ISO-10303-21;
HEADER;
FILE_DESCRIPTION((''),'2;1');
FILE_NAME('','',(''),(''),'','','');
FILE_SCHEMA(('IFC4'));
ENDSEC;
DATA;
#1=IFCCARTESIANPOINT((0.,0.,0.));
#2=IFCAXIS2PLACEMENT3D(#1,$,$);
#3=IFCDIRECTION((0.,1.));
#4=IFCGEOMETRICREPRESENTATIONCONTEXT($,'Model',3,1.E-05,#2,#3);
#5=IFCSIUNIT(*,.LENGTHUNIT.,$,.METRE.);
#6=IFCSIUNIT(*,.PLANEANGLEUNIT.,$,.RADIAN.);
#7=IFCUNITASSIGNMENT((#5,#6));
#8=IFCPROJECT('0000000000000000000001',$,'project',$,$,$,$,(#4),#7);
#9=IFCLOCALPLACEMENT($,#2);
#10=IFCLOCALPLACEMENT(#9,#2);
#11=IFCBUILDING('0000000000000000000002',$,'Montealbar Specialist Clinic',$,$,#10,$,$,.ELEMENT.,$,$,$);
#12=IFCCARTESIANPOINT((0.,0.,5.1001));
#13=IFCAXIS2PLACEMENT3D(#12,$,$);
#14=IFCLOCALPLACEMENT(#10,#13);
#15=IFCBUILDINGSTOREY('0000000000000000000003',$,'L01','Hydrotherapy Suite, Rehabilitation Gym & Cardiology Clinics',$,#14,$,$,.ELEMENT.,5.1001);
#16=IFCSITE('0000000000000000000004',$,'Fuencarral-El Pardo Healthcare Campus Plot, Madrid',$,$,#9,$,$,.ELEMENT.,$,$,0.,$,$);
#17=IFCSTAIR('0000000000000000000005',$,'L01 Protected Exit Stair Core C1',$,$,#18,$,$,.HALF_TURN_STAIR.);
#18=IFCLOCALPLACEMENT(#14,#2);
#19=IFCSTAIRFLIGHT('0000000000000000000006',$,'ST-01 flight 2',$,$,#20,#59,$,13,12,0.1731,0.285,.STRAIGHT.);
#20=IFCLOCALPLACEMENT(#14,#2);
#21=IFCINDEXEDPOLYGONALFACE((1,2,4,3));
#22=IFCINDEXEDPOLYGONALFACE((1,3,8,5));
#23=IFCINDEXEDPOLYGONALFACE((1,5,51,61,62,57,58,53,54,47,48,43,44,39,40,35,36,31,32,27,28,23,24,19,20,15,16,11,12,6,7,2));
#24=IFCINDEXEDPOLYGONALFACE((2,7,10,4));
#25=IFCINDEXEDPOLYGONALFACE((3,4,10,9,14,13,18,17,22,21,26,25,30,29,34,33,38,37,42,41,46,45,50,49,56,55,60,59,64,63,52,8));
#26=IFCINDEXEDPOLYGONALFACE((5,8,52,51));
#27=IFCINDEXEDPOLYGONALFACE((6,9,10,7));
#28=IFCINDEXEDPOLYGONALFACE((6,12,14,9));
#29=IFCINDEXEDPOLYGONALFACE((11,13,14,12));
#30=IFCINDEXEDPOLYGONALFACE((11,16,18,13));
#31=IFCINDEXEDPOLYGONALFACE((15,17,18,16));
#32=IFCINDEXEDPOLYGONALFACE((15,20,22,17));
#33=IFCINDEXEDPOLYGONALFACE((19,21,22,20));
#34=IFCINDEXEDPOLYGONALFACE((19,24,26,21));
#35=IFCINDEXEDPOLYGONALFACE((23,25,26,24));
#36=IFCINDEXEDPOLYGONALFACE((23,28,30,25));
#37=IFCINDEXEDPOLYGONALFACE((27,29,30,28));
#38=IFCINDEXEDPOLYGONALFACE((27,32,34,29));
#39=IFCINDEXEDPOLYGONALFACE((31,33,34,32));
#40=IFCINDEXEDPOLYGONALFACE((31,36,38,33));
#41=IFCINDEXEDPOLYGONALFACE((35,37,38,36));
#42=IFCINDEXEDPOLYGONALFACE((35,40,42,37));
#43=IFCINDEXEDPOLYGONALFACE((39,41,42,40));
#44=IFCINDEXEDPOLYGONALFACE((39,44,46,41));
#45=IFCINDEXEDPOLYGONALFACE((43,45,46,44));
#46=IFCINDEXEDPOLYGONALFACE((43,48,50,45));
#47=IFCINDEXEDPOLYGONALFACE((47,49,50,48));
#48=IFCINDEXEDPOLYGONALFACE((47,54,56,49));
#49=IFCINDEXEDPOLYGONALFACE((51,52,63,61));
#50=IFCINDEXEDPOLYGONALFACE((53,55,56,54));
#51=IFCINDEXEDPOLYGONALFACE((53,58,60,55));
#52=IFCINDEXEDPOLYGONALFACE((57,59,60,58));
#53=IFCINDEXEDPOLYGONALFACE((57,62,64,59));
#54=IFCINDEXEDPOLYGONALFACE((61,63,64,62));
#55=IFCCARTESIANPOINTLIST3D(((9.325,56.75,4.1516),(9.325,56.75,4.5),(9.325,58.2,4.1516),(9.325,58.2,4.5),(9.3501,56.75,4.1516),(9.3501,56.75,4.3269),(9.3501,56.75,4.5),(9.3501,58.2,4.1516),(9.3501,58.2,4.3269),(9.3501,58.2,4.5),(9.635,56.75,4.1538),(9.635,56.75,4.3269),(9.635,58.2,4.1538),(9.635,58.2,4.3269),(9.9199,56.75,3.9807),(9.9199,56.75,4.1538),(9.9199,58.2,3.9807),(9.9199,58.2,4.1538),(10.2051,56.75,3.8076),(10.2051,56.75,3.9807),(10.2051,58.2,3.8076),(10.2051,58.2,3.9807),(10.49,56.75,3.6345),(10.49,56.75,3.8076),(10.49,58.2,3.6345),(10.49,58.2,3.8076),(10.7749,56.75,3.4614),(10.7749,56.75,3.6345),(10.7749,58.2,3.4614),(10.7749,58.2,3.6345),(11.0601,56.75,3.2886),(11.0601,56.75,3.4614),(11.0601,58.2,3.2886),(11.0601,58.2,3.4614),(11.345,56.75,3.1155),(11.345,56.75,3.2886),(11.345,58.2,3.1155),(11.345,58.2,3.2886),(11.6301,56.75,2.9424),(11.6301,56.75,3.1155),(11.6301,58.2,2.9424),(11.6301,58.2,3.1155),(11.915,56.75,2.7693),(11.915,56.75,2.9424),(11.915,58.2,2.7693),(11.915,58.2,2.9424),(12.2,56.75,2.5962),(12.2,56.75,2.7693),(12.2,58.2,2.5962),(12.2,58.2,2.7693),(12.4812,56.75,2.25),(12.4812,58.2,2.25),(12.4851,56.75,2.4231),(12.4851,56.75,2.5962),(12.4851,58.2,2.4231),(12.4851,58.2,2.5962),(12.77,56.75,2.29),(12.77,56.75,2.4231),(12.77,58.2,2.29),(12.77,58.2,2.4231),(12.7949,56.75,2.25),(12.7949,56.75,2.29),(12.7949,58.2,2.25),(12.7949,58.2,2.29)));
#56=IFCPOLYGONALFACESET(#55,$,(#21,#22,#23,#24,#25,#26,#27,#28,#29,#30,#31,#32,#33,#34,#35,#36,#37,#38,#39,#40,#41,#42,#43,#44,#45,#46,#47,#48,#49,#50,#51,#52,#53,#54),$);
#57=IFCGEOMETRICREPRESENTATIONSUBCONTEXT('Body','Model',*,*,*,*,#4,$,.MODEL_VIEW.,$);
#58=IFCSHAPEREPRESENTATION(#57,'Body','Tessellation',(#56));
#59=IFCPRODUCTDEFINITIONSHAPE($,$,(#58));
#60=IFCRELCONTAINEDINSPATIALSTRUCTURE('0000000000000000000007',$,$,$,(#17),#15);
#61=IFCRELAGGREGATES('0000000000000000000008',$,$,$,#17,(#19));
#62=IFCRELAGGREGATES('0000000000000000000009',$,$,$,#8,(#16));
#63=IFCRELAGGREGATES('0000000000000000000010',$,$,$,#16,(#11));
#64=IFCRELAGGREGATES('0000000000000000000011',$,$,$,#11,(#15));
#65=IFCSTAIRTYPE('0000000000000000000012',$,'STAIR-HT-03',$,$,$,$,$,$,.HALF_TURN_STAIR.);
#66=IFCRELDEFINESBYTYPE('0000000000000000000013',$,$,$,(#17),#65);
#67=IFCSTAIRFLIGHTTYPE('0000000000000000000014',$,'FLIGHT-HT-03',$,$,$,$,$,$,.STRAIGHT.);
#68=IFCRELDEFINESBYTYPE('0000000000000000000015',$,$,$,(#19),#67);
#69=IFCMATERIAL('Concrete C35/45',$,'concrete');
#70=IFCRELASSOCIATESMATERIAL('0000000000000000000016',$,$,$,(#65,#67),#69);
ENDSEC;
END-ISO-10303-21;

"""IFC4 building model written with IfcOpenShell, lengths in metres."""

from ifc_helpers import new_model, si_unit, direction, frame, origin, place, context, subcontext, project, spatial, polyline, outline, extrude, material, type_object, element, aggregate, save


model = new_model("IFC4")

# Units and contexts
model_context = context("Model", 3, precision=1e-05, world=origin(), true_north=direction((0.0, 1.0)))
body_context = subcontext(model_context, "Body", "Model", "MODEL_VIEW")
ifc_project = project(units=[si_unit("LENGTHUNIT", "METRE"), si_unit("PLANEANGLEUNIT", "RADIAN")], contexts=[model_context])

# Site, building, storey
site_placement = place(None, origin())
site = spatial("IfcSite", under=ifc_project, at=site_placement, Name="Fuencarral-El Pardo Healthcare Campus Plot, Madrid", CompositionType="ELEMENT", RefElevation=0.0)
building_placement = place(site_placement, origin())
building = spatial("IfcBuilding", under=site, at=building_placement, Name="Montealbar Specialist Clinic", CompositionType="ELEMENT")
storey_placement = place(building_placement, frame((0.0, 0.0, 5.1001)))
storey = spatial("IfcBuildingStorey", under=building, at=storey_placement, Name="L01", Description="Hydrotherapy Suite, Rehabilitation Gym & Cardiology Clinics", CompositionType="ELEMENT", Elevation=5.1001)

# Shared definitions
ifc_material_1 = material(Name="Concrete C35/45", Category="concrete")

# Stair, stair flight
stair_type = type_object("IfcStairType", Name="STAIR-HT-03", PredefinedType="HALF_TURN_STAIR", material=ifc_material_1)
stair_placement = place(storey_placement, origin())
stair = element("IfcStair", 1, at=stair_placement, inside=storey, type_object=stair_type, Name="L01 Protected Exit Stair Core C1", PredefinedType="HALF_TURN_STAIR")
stair_flight_type = type_object("IfcStairFlightType", Name="FLIGHT-HT-03", PredefinedType="STRAIGHT", material=ifc_material_1)
stair_flight_1_placement = place(storey_placement, frame((12.77, 57.4751, 2.25), z_axis=(0.0, 0.0, 1.0), x_axis=(-1.0, 0.0, 0.0)))
stair_flight_1 = element("IfcStairFlight", 2, at=stair_flight_1_placement, type_object=stair_flight_type, Name="ST-01 flight 2", NumberOfRisers=13, NumberOfTreads=12, PredefinedType="STRAIGHT", RiserHeight=0.1731, TreadLength=0.285, context=body_context, shape_type="SweptSolid", body=[
    extrude(outline(polyline([(-0.0249, 0.0), (-0.0249, 0.04), (0.0, 0.04), (0.0, 0.1731), (0.2849, 0.1731), (0.2849, 0.3462), (0.5701, 0.3462), (0.5701, 0.5193), (0.855, 0.5193), (0.855, 0.6924), (1.1399, 0.6924), (1.1399, 0.8655), (1.425, 0.8655), (1.425, 1.0386), (1.71, 1.0386), (1.71, 1.2114), (1.9951, 1.2114), (1.9951, 1.3845), (2.28, 1.3845), (2.28, 1.5576), (2.5649, 1.5576), (2.5649, 1.7307), (2.8501, 1.7307), (2.8501, 1.9038), (3.135, 1.9038), (3.135, 2.0769), (3.4199, 2.0769), (3.4199, 2.25), (3.4451, 2.25), (3.4451, 1.9016), (3.4199, 1.9016), (0.2888, 0.0), (-0.0249, 0.0)])), frame((0.0, 0.7251, 0.0), z_axis=(0.0, -1.0, 0.0), x_axis=(1.0, 0.0, 0.0)), (0.0, 0.0, 1.0), 1.45),
])
aggregate(stair, [stair_flight_1])

save(model, "model.ifc")
